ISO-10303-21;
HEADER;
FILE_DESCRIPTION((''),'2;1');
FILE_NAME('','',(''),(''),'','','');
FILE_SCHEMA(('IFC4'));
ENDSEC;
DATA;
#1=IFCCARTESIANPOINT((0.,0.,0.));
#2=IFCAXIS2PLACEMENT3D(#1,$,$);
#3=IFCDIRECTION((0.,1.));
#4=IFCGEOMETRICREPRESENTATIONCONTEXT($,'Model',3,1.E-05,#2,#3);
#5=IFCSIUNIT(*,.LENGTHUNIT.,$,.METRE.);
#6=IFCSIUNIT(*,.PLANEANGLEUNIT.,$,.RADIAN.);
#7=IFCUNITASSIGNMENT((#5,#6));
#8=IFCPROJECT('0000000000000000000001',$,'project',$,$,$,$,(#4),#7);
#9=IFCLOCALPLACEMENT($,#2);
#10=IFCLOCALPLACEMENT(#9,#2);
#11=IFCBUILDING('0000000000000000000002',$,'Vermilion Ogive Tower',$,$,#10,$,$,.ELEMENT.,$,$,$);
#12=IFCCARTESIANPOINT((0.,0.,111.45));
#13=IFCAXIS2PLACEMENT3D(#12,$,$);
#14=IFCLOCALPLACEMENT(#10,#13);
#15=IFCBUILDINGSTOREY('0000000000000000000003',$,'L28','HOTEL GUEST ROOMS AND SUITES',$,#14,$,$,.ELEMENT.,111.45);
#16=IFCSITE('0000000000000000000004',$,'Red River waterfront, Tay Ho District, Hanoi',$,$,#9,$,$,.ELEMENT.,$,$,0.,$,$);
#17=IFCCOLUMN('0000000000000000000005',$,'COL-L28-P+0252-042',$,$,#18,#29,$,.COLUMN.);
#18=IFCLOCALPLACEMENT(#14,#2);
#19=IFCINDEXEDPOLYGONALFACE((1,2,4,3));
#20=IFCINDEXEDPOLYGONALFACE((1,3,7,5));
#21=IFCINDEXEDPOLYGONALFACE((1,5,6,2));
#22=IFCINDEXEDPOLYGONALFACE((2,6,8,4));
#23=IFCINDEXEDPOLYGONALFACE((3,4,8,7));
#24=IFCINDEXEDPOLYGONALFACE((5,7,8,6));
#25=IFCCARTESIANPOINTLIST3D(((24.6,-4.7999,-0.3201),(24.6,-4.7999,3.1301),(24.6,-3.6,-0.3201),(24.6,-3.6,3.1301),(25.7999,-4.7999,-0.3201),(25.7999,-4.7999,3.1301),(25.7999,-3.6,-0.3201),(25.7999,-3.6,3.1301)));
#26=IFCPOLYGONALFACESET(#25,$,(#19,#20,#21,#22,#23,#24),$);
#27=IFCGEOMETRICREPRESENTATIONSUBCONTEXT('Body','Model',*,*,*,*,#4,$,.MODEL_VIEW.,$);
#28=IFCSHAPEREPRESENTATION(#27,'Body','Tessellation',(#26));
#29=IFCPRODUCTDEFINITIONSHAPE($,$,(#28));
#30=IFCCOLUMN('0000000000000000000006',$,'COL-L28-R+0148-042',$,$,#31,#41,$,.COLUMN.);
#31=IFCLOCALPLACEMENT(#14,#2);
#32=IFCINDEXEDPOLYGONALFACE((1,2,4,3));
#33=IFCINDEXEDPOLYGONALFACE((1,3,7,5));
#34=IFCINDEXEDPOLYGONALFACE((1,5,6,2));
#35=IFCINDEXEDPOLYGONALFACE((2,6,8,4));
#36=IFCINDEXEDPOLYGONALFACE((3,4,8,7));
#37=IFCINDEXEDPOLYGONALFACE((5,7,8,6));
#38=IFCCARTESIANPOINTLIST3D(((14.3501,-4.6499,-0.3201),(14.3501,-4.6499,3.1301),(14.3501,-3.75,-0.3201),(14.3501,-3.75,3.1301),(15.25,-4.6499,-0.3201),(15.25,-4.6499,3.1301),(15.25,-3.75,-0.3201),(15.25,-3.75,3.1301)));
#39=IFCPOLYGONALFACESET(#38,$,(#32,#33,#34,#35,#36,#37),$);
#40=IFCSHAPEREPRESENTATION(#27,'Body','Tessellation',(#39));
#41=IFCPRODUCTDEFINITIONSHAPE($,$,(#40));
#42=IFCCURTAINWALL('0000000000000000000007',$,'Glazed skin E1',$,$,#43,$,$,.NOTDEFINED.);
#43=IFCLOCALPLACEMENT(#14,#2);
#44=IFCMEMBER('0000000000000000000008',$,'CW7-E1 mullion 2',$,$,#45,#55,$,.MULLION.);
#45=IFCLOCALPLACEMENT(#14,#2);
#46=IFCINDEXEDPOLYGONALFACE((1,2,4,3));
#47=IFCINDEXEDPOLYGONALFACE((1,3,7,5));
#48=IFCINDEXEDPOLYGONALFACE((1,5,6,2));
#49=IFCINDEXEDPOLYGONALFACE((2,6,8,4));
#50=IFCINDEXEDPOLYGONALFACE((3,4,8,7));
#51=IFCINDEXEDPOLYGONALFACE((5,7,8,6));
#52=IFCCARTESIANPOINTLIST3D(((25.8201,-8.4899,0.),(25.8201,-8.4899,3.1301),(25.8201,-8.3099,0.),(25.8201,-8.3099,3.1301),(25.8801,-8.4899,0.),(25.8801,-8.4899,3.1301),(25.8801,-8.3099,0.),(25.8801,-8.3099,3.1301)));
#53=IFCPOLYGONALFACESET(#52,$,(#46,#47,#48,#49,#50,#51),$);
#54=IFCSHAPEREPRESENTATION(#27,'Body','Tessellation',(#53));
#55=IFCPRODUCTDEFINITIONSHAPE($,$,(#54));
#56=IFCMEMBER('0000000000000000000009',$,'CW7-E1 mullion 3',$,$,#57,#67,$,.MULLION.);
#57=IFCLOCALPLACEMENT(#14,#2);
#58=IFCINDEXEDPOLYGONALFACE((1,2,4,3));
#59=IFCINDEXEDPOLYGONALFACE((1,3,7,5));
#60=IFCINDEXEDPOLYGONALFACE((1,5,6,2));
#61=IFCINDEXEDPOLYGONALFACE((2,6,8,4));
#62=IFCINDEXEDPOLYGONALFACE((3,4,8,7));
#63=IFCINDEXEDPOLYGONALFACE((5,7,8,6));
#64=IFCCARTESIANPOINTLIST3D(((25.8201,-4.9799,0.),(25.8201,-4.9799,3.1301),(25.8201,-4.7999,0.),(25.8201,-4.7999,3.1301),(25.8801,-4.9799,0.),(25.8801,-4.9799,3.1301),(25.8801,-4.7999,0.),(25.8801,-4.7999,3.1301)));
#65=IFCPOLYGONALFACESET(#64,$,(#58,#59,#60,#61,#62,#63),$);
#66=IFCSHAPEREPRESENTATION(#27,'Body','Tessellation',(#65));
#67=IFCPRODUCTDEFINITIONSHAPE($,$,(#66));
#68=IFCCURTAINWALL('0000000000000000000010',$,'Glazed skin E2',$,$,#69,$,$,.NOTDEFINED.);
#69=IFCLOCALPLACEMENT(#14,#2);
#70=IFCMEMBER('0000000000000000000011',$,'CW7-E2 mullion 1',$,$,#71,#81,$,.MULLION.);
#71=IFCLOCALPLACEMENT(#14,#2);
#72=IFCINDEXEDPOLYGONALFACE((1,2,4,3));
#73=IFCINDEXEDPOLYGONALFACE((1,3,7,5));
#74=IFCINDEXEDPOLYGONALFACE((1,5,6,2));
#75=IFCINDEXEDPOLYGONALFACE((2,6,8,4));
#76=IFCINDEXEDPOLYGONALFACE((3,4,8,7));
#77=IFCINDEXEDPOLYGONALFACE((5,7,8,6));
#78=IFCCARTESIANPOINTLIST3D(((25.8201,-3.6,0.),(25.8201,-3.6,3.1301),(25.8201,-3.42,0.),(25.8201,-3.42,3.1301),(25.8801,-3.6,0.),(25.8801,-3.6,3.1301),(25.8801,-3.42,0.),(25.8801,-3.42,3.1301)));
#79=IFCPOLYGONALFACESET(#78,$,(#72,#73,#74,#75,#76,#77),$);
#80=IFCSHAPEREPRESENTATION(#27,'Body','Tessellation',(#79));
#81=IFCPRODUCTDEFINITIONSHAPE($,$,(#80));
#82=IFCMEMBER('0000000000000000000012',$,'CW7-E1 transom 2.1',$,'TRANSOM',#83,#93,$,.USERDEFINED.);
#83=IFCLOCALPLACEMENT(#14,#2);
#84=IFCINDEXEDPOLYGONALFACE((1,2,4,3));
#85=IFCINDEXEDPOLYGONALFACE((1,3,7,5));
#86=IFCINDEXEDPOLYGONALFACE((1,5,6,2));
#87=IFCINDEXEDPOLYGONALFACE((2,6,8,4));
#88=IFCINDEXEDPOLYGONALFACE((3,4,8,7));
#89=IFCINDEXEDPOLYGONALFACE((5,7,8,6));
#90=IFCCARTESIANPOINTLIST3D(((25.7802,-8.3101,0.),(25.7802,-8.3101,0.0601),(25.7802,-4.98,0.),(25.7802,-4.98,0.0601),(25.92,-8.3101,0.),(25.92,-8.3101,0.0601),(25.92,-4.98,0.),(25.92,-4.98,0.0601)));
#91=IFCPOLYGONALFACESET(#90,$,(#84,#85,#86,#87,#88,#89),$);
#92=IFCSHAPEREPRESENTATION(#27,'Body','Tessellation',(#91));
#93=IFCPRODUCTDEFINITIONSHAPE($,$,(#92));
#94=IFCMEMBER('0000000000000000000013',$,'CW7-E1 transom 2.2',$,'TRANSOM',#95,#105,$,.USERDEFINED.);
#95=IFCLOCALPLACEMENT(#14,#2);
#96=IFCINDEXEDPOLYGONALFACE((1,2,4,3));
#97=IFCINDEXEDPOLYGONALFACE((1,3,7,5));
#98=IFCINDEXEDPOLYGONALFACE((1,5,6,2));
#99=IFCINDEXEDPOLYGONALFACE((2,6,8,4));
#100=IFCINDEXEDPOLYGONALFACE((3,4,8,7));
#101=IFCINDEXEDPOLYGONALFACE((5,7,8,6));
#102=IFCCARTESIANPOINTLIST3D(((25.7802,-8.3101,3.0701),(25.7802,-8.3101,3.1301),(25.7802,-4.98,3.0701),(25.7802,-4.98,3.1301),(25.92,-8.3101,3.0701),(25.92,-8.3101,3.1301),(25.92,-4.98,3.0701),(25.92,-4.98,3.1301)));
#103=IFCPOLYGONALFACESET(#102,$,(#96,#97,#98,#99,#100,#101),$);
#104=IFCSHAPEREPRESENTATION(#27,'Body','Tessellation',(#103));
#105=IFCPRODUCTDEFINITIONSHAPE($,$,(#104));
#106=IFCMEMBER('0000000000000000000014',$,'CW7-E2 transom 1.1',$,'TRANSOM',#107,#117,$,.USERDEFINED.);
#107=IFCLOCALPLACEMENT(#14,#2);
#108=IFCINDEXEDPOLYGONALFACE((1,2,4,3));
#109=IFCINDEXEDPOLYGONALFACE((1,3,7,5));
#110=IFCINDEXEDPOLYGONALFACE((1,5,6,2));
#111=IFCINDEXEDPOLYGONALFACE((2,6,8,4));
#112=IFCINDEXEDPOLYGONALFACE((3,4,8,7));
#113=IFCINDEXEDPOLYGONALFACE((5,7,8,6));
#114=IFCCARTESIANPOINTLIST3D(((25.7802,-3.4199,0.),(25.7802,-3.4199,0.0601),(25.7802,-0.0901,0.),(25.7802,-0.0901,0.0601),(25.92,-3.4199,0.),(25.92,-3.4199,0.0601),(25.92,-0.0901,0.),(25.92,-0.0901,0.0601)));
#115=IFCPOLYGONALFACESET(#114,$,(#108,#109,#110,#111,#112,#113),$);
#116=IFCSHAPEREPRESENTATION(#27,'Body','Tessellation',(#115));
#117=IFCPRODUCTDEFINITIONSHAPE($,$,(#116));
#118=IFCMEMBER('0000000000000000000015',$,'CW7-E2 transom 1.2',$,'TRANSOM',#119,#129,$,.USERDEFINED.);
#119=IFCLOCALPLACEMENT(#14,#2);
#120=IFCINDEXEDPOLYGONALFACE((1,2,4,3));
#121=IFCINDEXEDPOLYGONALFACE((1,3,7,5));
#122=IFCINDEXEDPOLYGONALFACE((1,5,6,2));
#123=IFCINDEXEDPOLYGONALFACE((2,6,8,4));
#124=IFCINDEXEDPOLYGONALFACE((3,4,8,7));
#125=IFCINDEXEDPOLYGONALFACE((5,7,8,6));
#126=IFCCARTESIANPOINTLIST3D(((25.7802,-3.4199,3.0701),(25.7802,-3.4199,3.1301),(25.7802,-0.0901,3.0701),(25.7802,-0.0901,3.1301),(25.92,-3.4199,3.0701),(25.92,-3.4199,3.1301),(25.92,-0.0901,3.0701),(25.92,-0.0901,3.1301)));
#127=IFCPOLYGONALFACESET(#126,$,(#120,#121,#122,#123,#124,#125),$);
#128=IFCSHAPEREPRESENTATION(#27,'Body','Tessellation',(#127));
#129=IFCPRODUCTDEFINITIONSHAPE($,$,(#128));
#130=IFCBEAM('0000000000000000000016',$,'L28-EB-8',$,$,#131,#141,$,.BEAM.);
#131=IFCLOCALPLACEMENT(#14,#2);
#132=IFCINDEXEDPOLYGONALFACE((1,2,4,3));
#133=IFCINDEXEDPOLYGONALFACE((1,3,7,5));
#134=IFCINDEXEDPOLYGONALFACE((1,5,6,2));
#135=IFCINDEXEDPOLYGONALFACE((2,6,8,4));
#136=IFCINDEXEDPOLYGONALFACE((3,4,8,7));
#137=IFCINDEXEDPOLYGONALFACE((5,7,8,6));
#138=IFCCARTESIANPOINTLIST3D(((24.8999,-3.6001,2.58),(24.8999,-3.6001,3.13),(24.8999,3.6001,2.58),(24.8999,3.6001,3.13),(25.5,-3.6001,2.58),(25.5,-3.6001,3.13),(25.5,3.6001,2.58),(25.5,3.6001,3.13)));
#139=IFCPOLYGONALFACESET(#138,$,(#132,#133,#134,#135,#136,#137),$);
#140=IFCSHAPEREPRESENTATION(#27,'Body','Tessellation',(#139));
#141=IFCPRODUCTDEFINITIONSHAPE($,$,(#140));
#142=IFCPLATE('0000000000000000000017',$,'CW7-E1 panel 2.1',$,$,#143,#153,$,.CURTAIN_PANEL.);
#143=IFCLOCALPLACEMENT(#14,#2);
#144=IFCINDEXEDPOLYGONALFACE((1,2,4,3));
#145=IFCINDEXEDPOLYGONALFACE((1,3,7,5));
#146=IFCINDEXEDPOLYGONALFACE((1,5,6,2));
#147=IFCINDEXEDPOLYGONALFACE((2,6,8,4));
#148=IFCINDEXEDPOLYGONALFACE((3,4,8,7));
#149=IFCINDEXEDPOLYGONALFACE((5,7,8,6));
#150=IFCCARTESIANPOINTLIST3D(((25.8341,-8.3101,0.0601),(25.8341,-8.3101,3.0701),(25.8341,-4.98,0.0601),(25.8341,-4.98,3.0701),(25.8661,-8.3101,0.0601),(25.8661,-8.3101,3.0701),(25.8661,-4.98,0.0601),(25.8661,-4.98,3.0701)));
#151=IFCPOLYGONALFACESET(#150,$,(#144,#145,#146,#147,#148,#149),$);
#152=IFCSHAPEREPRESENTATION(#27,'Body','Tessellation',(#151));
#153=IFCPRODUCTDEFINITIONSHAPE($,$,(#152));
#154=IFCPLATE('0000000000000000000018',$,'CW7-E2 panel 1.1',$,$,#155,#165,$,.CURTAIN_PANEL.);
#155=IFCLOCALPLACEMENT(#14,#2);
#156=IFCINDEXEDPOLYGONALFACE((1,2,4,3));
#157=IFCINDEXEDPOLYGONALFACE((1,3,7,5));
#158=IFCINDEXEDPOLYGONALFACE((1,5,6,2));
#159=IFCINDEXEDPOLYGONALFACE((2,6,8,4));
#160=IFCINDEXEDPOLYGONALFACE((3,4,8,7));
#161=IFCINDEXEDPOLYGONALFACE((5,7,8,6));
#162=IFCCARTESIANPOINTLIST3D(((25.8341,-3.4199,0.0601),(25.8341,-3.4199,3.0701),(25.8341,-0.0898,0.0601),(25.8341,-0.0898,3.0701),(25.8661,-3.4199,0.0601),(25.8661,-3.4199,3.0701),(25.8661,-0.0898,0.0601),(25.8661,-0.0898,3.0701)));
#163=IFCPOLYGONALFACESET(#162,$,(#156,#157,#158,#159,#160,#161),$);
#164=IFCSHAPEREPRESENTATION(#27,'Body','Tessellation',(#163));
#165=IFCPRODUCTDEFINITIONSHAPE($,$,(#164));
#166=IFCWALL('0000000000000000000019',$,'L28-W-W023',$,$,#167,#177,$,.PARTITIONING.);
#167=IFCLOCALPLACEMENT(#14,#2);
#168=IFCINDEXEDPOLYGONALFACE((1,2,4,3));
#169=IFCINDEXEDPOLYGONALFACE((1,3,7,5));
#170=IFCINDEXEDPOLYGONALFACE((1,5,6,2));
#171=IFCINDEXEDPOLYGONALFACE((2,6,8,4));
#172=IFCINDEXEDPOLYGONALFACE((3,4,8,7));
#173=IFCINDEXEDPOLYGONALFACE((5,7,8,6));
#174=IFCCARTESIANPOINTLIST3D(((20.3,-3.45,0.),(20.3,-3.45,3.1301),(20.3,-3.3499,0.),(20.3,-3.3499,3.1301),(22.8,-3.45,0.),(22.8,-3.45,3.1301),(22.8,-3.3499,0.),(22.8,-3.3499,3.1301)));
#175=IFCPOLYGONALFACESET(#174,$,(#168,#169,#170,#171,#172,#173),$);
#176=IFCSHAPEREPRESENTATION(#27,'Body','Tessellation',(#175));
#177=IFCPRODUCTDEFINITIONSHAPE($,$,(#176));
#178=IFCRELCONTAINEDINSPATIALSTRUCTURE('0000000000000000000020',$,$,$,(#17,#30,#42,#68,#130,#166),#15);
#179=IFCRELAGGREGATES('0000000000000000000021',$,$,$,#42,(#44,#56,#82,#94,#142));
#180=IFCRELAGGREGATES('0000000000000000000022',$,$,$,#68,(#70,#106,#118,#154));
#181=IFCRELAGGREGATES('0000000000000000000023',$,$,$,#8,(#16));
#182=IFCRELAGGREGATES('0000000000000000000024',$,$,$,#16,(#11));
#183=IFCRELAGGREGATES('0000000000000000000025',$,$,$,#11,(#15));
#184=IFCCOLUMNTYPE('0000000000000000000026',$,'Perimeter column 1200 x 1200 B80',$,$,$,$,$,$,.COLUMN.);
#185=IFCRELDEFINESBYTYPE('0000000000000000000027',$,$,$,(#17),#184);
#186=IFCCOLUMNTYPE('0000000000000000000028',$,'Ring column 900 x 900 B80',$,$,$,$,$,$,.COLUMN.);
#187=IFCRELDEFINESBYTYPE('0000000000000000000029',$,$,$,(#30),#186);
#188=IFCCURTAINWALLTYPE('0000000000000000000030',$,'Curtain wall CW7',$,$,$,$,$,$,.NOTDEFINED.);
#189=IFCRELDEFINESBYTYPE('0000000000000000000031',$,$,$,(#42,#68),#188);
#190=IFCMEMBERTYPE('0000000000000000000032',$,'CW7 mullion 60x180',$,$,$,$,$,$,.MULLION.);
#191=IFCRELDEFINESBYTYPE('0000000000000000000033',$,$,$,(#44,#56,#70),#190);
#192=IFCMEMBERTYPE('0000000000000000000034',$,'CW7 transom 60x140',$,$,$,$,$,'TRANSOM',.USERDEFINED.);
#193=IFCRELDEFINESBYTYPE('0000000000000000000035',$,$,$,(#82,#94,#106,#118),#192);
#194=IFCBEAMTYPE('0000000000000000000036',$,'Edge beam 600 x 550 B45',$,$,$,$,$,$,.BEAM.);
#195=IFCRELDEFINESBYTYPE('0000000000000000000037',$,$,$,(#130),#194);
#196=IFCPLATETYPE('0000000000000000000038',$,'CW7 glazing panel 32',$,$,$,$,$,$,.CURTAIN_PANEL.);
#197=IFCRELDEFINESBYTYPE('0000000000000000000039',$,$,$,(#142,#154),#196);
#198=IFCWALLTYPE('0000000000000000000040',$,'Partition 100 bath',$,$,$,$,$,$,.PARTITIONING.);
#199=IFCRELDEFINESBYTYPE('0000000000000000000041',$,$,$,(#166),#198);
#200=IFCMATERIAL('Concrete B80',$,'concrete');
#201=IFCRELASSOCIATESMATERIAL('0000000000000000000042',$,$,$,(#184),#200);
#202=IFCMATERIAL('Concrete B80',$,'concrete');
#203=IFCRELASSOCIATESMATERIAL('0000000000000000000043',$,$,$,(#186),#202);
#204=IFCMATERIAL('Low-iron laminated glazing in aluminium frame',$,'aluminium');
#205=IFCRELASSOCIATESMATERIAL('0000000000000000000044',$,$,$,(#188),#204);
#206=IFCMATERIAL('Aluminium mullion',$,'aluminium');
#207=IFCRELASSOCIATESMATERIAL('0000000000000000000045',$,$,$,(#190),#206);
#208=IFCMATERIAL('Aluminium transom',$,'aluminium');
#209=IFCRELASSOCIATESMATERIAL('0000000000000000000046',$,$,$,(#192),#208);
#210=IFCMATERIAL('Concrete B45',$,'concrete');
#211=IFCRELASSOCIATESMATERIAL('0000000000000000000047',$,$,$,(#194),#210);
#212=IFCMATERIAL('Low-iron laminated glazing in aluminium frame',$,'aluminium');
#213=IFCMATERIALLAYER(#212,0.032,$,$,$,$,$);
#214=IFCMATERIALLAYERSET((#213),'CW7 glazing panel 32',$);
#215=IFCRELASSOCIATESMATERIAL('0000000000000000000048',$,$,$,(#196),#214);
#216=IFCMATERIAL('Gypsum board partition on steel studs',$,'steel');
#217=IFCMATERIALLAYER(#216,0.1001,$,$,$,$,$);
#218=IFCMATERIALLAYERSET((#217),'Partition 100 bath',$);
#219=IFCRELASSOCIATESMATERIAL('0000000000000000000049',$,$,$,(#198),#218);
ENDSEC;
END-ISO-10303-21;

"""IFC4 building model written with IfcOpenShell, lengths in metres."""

from ifc_helpers import new_model, si_unit, direction, frame, frame_2d, origin, origin_2d, place, context, subcontext, project, spatial, rectangle, extrude, material, layer, layer_set, material_profile, profile_set, type_object, element, aggregate, save


model = new_model("IFC4")

# Units and contexts
model_context = context("Model", 3, precision=1e-05, world=origin(), true_north=direction((0.0, 1.0)))
body_context = subcontext(model_context, "Body", "Model", "MODEL_VIEW")
ifc_project = project(units=[si_unit("LENGTHUNIT", "METRE"), si_unit("PLANEANGLEUNIT", "RADIAN")], contexts=[model_context])

# Site, building, storey
site_placement = place(None, origin())
site = spatial("IfcSite", under=ifc_project, at=site_placement, Name="Red River waterfront, Tay Ho District, Hanoi", CompositionType="ELEMENT", RefElevation=0.0)
building_placement = place(site_placement, origin())
building = spatial("IfcBuilding", under=site, at=building_placement, Name="Vermilion Ogive Tower", CompositionType="ELEMENT")
storey_placement = place(building_placement, frame((0.0, 0.0, 111.45)))
storey = spatial("IfcBuildingStorey", under=building, at=storey_placement, Name="L28", Description="HOTEL GUEST ROOMS AND SUITES", CompositionType="ELEMENT", Elevation=111.45)

# Columns
ifc_material_1 = material(Name="Concrete B80", Category="concrete")
ifc_material_profile_1 = material_profile(ifc_material_1, rectangle(XDim=1.2, YDim=1.2, at=origin_2d()), Name="1200 x 1200")
ifc_profile_set_1 = profile_set([ifc_material_profile_1], Name="Concrete B80")
column_type_1 = type_object("IfcColumnType", Name="Perimeter column 1200 x 1200 B80", PredefinedType="COLUMN", material=ifc_profile_set_1)
column_1_placement = place(storey_placement, frame((25.2, -4.2, -0.3201), z_axis=(0.0, 0.0, 1.0), x_axis=(1.0, 0.0, 0.0)))
element("IfcColumn", 1, at=column_1_placement, inside=storey, type_object=column_type_1, Name="COL-L28-P+0252-042", PredefinedType="COLUMN", context=body_context, shape_type="SweptSolid", body=[
    extrude(rectangle(XDim=1.2, YDim=1.2, at=origin_2d()), origin(), (0.0, 0.0, 1.0), 3.4502),
])
ifc_material_2 = material(Name="Concrete B80", Category="concrete")
ifc_material_profile_2 = material_profile(ifc_material_2, rectangle(XDim=0.8999, YDim=0.8999, at=origin_2d()), Name="900 x 900")
ifc_profile_set_2 = profile_set([ifc_material_profile_2], Name="Concrete B80")
column_type_2 = type_object("IfcColumnType", Name="Ring column 900 x 900 B80", PredefinedType="COLUMN", material=ifc_profile_set_2)
column_2_placement = place(storey_placement, frame((14.8, -4.2, -0.3201), z_axis=(0.0, 0.0, 1.0), x_axis=(1.0, 0.0, 0.0)))
element("IfcColumn", 2, at=column_2_placement, inside=storey, type_object=column_type_2, Name="COL-L28-R+0148-042", PredefinedType="COLUMN", context=body_context, shape_type="SweptSolid", body=[
    extrude(rectangle(XDim=0.8999, YDim=0.8999, at=origin_2d()), origin(), (0.0, 0.0, 1.0), 3.4502),
])

# Curtain wall, members
ifc_material_3 = material(Name="Low-iron laminated glazing in aluminium frame", Category="aluminium")
curtain_wall_type = type_object("IfcCurtainWallType", Name="Curtain wall CW7", PredefinedType="NOTDEFINED", material=ifc_material_3)
curtain_wall_1_placement = place(storey_placement, origin())
curtain_wall_1 = element("IfcCurtainWall", 3, at=curtain_wall_1_placement, inside=storey, type_object=curtain_wall_type, Name="Glazed skin E1", PredefinedType="NOTDEFINED")
ifc_material_4 = material(Name="Aluminium mullion", Category="aluminium")
ifc_material_profile_3 = material_profile(ifc_material_4, rectangle(XDim=0.0601, YDim=0.1799, at=origin_2d()), Name="AL 60x180")
ifc_profile_set_3 = profile_set([ifc_material_profile_3], Name="Aluminium mullion")
member_type_1 = type_object("IfcMemberType", Name="CW7 mullion 60x180", PredefinedType="MULLION", material=ifc_profile_set_3)
member_1_placement = place(storey_placement, frame((25.8501, -8.3999, 0.0), z_axis=(0.0, 0.0, 1.0), x_axis=(-1.0, 0.0, 0.0)))
member_1 = element("IfcMember", 4, at=member_1_placement, type_object=member_type_1, Name="CW7-E1 mullion 2", PredefinedType="MULLION", context=body_context, shape_type="SweptSolid", body=[
    extrude(rectangle(XDim=0.0601, YDim=0.1799, at=origin_2d()), origin(), (0.0, 0.0, 1.0), 3.1301),
])
member_2_placement = place(storey_placement, frame((25.8501, -4.8899, 0.0), z_axis=(0.0, 0.0, 1.0), x_axis=(-1.0, 0.0, 0.0)))
member_2 = element("IfcMember", 5, at=member_2_placement, type_object=member_type_1, Name="CW7-E1 mullion 3", PredefinedType="MULLION", context=body_context, shape_type="SweptSolid", body=[
    extrude(rectangle(XDim=0.0601, YDim=0.1799, at=origin_2d()), origin(), (0.0, 0.0, 1.0), 3.1301),
])

# Curtain wall, member
curtain_wall_2_placement = place(storey_placement, origin())
curtain_wall_2 = element("IfcCurtainWall", 6, at=curtain_wall_2_placement, inside=storey, type_object=curtain_wall_type, Name="Glazed skin E2", PredefinedType="NOTDEFINED")
member_3_placement = place(storey_placement, frame((25.8501, -3.51, 0.0), z_axis=(0.0, 0.0, 1.0), x_axis=(-1.0, 0.0, 0.0)))
member_3 = element("IfcMember", 7, at=member_3_placement, type_object=member_type_1, Name="CW7-E2 mullion 1", PredefinedType="MULLION", context=body_context, shape_type="SweptSolid", body=[
    extrude(rectangle(XDim=0.0601, YDim=0.1799, at=origin_2d()), origin(), (0.0, 0.0, 1.0), 3.1301),
])

# Members
ifc_material_5 = material(Name="Aluminium transom", Category="aluminium")
ifc_material_profile_4 = material_profile(ifc_material_5, rectangle(XDim=0.1399, YDim=0.0601, at=origin_2d()), Name="AL 60x140")
ifc_profile_set_4 = profile_set([ifc_material_profile_4], Name="Aluminium transom")
member_type_2 = type_object("IfcMemberType", Name="CW7 transom 60x140", ElementType="TRANSOM", PredefinedType="USERDEFINED", material=ifc_profile_set_4)
member_4_placement = place(storey_placement, frame((25.8501, -8.3101, 0.03), z_axis=(0.0, 1.0, 0.0), x_axis=(-1.0, 0.0, 0.0)))
member_4 = element("IfcMember", 8, at=member_4_placement, type_object=member_type_2, Name="CW7-E1 transom 2.1", ObjectType="TRANSOM", PredefinedType="USERDEFINED", context=body_context, shape_type="SweptSolid", body=[
    extrude(rectangle(XDim=0.1399, YDim=0.0601, at=origin_2d()), origin(), (0.0, 0.0, 1.0), 3.3301),
])
member_5_placement = place(storey_placement, frame((25.8501, -8.3101, 3.1001), z_axis=(0.0, 1.0, 0.0), x_axis=(-1.0, 0.0, 0.0)))
member_5 = element("IfcMember", 9, at=member_5_placement, type_object=member_type_2, Name="CW7-E1 transom 2.2", ObjectType="TRANSOM", PredefinedType="USERDEFINED", context=body_context, shape_type="SweptSolid", body=[
    extrude(rectangle(XDim=0.1399, YDim=0.0601, at=origin_2d()), origin(), (0.0, 0.0, 1.0), 3.3301),
])
member_6_placement = place(storey_placement, frame((25.8501, -3.4199, 0.03), z_axis=(0.0, 1.0, 0.0), x_axis=(-1.0, 0.0, 0.0)))
member_6 = element("IfcMember", 10, at=member_6_placement, type_object=member_type_2, Name="CW7-E2 transom 1.1", ObjectType="TRANSOM", PredefinedType="USERDEFINED", context=body_context, shape_type="SweptSolid", body=[
    extrude(rectangle(XDim=0.1399, YDim=0.0601, at=origin_2d()), origin(), (0.0, 0.0, 1.0), 3.3298),
])
member_7_placement = place(storey_placement, frame((25.8501, -3.4199, 3.1001), z_axis=(0.0, 1.0, 0.0), x_axis=(-1.0, 0.0, 0.0)))
member_7 = element("IfcMember", 11, at=member_7_placement, type_object=member_type_2, Name="CW7-E2 transom 1.2", ObjectType="TRANSOM", PredefinedType="USERDEFINED", context=body_context, shape_type="SweptSolid", body=[
    extrude(rectangle(XDim=0.1399, YDim=0.0601, at=origin_2d()), origin(), (0.0, 0.0, 1.0), 3.3298),
])

# Beam
ifc_material_6 = material(Name="Concrete B45", Category="concrete")
ifc_material_profile_5 = material_profile(ifc_material_6, rectangle(XDim=0.6001, YDim=0.55, at=origin_2d()), Name="600 x 550")
ifc_profile_set_5 = profile_set([ifc_material_profile_5], Name="Concrete B45")
beam_type = type_object("IfcBeamType", Name="Edge beam 600 x 550 B45", PredefinedType="BEAM", material=ifc_profile_set_5)
beam_placement = place(storey_placement, frame((25.2, -3.6001, 2.855), z_axis=(0.0, 1.0, 0.0), x_axis=(-1.0, 0.0, 0.0)))
element("IfcBeam", 12, at=beam_placement, inside=storey, type_object=beam_type, Name="L28-EB-8", PredefinedType="BEAM", context=body_context, shape_type="SweptSolid", body=[
    extrude(rectangle(XDim=0.6001, YDim=0.55, at=origin_2d()), origin(), (0.0, 0.0, 1.0), 7.2002),
])

# Plates
ifc_material_7 = material(Name="Low-iron laminated glazing in aluminium frame", Category="aluminium")
ifc_layer_1 = layer(ifc_material_7, 0.032)
ifc_layer_set_1 = layer_set([ifc_layer_1], Name="CW7 glazing panel 32")
plate_type = type_object("IfcPlateType", Name="CW7 glazing panel 32", PredefinedType="CURTAIN_PANEL", material=ifc_layer_set_1)
plate_1_placement = place(storey_placement, frame((25.8501, -6.645, 0.0601), z_axis=(0.0, 0.0, 1.0), x_axis=(0.0, 1.0, 0.0)))
plate_1 = element("IfcPlate", 13, at=plate_1_placement, type_object=plate_type, Name="CW7-E1 panel 2.1", PredefinedType="CURTAIN_PANEL", context=body_context, shape_type="SweptSolid", body=[
    extrude(rectangle(XDim=3.3301, YDim=0.032, at=origin_2d()), origin(), (0.0, 0.0, 1.0), 3.01),
])
aggregate(curtain_wall_1, [member_1, member_2, member_4, member_5, plate_1])
plate_2_placement = place(storey_placement, frame((25.8501, -1.7549, 0.0601), z_axis=(0.0, 0.0, 1.0), x_axis=(0.0, 1.0, 0.0)))
plate_2 = element("IfcPlate", 14, at=plate_2_placement, type_object=plate_type, Name="CW7-E2 panel 1.1", PredefinedType="CURTAIN_PANEL", context=body_context, shape_type="SweptSolid", body=[
    extrude(rectangle(XDim=3.3301, YDim=0.032, at=origin_2d()), origin(), (0.0, 0.0, 1.0), 3.01),
])
aggregate(curtain_wall_2, [member_3, member_6, member_7, plate_2])

# Wall
ifc_material_8 = material(Name="Gypsum board partition on steel studs", Category="steel")
ifc_layer_2 = layer(ifc_material_8, 0.1001)
ifc_layer_set_2 = layer_set([ifc_layer_2], Name="Partition 100 bath")
wall_type_1 = type_object("IfcWallType", Name="Partition 100 bath", PredefinedType="PARTITIONING", material=ifc_layer_set_2)
wall_1_placement = place(storey_placement, frame((20.3, -3.3999, 0.0), z_axis=(0.0, 0.0, 1.0), x_axis=(1.0, 0.0, 0.0)))
element("IfcWall", 15, at=wall_1_placement, inside=storey, type_object=wall_type_1, Name="L28-W-W023", PredefinedType="PARTITIONING", context=body_context, shape_type="SweptSolid", body=[
    extrude(rectangle(XDim=2.5, YDim=0.1001, at=frame_2d((1.25, 0.0))), origin(), (0.0, 0.0, 1.0), 3.1301),
])

save(model, "model.ifc")
